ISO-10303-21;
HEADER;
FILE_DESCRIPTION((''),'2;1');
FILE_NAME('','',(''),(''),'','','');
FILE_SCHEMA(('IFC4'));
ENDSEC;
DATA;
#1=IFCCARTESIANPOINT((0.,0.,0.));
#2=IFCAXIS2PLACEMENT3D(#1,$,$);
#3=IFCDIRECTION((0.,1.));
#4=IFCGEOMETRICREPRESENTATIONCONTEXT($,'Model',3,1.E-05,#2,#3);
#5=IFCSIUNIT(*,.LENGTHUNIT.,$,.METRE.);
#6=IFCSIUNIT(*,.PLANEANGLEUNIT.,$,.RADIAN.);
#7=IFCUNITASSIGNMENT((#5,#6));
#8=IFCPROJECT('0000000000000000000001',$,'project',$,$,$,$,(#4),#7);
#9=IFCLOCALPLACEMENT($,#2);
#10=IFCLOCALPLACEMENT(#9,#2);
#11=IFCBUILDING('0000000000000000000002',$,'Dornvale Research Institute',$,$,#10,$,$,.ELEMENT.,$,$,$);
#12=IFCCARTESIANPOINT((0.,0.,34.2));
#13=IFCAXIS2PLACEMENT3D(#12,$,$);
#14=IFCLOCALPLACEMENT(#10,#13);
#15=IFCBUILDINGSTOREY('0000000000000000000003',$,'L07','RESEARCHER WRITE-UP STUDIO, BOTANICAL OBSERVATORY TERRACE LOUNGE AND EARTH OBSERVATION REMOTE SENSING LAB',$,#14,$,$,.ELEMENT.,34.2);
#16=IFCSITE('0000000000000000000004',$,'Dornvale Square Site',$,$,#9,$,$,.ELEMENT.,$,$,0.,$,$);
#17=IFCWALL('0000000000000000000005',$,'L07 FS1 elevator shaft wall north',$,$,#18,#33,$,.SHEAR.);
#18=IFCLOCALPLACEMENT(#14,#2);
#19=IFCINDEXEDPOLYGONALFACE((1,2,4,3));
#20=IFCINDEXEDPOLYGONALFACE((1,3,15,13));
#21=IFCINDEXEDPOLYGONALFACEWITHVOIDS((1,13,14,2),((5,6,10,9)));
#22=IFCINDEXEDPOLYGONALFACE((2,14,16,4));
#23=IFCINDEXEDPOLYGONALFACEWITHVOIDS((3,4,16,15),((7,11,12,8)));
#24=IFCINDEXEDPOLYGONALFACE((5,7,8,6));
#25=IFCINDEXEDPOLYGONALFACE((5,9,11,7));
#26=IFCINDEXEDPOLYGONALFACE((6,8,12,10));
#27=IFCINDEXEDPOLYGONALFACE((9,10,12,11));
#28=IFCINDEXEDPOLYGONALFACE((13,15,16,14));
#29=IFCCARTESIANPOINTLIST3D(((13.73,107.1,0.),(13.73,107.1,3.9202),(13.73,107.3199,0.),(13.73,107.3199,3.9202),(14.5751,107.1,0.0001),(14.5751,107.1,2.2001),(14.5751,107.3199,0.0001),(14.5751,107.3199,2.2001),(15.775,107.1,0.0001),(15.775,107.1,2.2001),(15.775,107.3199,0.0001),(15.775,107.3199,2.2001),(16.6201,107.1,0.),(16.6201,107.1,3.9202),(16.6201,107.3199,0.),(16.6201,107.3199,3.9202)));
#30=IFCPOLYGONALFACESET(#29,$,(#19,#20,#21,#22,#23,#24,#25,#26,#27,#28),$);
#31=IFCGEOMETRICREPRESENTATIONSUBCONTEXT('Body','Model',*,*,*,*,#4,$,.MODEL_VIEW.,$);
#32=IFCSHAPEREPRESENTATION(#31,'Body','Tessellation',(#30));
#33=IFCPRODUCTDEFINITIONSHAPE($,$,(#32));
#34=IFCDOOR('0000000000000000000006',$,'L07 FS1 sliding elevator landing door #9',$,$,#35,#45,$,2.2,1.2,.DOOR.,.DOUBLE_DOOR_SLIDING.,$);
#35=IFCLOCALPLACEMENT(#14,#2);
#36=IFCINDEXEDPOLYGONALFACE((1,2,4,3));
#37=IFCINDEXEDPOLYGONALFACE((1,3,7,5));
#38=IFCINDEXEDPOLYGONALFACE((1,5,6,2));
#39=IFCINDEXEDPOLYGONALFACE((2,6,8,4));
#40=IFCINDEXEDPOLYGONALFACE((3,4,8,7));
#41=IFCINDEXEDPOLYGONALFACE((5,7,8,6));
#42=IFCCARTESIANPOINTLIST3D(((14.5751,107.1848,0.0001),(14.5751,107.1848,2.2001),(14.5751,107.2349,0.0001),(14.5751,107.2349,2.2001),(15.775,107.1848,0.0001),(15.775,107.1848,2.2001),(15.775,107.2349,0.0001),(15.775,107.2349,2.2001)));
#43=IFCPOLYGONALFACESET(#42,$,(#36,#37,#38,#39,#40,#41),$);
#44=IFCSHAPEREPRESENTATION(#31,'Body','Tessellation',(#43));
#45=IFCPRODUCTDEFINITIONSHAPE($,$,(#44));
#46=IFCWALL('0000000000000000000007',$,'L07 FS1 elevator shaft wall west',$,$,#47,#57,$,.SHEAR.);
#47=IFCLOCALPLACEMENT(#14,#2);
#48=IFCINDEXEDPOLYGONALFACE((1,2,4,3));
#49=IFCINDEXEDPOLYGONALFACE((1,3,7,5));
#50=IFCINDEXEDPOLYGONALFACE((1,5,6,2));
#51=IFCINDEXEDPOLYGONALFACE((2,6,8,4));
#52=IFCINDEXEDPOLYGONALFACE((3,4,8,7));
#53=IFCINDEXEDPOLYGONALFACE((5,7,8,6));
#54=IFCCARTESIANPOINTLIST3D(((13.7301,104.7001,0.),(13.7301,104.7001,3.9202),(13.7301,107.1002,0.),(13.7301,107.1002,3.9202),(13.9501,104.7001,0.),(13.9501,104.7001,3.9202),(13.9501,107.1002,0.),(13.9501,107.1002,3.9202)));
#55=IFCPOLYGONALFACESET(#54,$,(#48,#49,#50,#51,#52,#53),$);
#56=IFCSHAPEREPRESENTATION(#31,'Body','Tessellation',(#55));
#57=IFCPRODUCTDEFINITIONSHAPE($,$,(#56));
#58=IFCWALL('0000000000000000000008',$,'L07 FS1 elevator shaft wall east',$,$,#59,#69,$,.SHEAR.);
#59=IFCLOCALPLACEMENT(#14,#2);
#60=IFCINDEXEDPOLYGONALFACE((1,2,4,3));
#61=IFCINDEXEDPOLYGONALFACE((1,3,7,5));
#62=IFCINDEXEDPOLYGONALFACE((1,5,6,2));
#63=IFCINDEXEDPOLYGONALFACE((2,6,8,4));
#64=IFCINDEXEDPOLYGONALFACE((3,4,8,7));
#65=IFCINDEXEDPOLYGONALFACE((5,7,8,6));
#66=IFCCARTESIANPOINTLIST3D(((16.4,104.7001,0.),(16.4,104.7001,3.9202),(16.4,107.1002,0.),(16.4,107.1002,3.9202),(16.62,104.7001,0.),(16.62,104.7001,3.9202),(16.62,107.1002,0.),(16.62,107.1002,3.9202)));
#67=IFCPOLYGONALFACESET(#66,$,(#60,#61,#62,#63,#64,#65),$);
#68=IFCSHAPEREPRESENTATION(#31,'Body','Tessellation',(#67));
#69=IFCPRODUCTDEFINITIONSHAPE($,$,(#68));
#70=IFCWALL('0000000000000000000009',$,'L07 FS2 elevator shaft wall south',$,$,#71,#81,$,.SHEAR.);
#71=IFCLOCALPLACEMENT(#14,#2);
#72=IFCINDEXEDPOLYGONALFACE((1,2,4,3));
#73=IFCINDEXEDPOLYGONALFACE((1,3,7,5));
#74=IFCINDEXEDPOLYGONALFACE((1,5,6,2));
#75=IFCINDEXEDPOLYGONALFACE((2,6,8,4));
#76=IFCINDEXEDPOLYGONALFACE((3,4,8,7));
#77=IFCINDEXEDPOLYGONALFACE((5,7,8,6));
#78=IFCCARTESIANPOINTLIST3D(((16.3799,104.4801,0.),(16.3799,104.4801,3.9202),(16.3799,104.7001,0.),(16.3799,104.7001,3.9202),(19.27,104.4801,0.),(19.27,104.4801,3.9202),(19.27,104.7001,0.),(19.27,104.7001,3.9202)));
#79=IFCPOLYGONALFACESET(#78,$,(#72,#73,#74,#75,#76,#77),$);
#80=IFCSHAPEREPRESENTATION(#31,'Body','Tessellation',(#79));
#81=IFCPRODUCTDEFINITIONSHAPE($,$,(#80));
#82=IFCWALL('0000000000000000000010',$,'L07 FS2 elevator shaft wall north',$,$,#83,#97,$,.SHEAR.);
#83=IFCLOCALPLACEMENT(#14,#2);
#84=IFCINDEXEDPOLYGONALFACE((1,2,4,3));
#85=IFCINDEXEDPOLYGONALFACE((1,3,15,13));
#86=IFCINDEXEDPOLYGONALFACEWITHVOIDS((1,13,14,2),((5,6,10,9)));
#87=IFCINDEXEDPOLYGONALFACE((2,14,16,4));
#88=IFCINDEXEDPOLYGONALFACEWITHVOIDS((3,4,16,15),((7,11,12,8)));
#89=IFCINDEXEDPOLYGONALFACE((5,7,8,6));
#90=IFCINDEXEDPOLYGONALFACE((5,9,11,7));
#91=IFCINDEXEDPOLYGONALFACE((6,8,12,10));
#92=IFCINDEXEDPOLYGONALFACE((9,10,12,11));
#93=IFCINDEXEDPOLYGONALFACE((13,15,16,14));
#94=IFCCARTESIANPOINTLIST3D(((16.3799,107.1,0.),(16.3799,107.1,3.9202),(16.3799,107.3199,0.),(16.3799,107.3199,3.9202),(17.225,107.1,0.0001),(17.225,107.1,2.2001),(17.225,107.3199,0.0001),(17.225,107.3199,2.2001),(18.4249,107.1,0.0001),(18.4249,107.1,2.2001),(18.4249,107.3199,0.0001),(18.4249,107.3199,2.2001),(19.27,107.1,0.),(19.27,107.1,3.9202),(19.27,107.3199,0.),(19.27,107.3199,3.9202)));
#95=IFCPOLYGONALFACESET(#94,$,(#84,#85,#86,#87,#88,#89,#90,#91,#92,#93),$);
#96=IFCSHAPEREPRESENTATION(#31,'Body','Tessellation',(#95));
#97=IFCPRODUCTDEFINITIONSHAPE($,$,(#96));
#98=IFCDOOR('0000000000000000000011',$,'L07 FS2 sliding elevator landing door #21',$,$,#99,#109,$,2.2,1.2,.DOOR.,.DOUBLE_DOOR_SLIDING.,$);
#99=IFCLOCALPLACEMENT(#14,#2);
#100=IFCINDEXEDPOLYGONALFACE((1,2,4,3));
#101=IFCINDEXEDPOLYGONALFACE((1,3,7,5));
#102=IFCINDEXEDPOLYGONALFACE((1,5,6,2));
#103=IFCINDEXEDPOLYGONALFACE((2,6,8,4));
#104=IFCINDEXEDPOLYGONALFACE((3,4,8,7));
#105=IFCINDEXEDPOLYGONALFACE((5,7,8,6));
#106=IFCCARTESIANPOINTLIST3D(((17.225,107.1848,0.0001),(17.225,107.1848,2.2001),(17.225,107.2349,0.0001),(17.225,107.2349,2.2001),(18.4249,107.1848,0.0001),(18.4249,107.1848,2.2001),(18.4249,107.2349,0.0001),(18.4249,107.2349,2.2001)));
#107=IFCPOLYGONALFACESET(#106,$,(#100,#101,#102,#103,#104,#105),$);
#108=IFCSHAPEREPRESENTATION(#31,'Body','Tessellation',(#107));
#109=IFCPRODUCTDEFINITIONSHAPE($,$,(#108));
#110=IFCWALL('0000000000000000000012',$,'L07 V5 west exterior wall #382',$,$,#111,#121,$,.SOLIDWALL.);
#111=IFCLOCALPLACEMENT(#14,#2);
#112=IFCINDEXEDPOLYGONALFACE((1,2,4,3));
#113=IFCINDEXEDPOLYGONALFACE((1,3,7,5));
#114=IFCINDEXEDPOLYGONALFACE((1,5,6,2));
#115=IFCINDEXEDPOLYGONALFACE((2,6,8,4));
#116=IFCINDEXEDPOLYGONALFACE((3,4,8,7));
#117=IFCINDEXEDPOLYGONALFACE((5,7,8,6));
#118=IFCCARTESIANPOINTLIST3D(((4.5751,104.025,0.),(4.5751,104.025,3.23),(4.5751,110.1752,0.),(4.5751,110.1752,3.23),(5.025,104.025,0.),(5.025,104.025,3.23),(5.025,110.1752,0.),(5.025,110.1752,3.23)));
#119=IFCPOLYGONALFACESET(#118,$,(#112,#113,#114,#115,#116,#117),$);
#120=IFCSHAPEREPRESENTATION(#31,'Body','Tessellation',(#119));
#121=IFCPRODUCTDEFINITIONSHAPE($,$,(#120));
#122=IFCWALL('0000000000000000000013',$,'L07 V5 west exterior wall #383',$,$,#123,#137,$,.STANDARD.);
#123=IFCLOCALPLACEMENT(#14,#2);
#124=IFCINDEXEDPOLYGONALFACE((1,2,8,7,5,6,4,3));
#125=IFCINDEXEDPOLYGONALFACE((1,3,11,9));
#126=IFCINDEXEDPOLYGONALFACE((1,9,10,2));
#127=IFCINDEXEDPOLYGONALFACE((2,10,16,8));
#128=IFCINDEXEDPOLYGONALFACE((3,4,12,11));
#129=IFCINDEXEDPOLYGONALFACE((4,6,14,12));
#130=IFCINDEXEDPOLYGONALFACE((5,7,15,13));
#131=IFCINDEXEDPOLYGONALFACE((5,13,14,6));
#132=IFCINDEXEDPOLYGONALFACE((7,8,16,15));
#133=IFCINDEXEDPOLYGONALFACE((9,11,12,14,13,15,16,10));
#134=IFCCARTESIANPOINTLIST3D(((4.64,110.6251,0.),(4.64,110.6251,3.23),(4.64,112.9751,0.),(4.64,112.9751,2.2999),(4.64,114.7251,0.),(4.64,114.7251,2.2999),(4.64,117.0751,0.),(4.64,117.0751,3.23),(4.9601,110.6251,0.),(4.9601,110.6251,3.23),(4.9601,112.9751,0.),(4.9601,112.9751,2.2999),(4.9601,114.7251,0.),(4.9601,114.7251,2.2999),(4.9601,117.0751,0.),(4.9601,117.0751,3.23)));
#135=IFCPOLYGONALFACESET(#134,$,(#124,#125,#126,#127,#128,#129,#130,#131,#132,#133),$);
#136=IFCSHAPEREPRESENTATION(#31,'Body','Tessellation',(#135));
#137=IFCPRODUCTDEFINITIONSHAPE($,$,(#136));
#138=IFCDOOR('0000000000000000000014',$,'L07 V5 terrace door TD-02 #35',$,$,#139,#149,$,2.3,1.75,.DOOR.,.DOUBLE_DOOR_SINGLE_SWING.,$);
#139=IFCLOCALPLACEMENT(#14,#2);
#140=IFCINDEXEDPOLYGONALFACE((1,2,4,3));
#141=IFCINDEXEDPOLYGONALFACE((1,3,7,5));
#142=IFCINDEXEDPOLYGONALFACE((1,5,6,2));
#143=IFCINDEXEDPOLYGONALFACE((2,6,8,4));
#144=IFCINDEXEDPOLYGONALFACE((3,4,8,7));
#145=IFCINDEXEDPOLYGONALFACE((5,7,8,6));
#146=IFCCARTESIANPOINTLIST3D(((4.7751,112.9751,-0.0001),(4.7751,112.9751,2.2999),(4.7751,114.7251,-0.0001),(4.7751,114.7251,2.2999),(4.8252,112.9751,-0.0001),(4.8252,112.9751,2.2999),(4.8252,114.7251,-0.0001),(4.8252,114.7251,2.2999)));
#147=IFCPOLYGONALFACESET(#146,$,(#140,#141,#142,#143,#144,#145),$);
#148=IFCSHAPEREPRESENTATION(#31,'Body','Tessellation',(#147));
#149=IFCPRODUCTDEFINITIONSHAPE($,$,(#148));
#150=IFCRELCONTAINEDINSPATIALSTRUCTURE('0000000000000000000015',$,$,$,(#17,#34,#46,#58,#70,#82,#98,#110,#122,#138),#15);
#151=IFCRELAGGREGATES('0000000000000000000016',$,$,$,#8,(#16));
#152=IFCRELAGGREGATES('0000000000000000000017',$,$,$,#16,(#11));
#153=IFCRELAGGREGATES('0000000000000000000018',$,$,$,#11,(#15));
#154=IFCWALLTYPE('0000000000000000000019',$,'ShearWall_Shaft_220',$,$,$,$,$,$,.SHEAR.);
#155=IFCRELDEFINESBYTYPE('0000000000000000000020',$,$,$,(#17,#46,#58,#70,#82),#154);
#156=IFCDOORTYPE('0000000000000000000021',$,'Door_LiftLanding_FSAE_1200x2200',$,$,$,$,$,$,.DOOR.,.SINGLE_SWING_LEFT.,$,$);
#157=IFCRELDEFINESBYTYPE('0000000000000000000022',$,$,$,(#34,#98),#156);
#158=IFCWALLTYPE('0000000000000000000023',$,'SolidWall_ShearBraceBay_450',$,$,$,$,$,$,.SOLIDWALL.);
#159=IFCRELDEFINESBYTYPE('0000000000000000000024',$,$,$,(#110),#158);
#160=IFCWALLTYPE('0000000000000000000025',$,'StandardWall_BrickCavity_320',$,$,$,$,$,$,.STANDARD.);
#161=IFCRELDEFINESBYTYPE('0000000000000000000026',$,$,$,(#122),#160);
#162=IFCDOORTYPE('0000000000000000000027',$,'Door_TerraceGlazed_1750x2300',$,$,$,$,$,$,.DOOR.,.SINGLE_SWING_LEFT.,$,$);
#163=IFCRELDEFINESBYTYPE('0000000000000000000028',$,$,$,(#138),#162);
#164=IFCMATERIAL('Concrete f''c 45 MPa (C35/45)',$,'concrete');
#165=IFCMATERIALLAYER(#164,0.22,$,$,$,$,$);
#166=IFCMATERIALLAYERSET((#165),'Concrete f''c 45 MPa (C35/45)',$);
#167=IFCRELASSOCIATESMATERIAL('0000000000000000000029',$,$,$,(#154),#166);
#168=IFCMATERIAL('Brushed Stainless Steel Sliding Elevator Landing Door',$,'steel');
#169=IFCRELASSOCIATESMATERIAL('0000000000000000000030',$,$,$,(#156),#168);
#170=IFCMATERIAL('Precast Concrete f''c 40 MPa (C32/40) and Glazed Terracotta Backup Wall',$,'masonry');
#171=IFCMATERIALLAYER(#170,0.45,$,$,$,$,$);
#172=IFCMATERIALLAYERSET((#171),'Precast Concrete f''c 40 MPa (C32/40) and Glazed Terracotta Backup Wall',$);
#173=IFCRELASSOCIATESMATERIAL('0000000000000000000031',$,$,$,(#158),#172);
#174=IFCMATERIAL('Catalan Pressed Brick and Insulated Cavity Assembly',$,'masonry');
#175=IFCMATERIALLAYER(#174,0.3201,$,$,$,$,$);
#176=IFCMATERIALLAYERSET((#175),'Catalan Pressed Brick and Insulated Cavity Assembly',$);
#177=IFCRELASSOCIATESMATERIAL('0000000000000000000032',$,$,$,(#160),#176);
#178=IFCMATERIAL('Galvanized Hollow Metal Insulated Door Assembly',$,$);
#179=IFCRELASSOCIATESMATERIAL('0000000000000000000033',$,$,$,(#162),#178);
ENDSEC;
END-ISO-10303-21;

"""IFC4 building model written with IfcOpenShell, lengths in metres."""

from ifc_helpers import new_model, si_unit, direction, frame, frame_2d, origin, place, context, subcontext, project, spatial, rectangle, extrude, material, layer, layer_set, type_object, element, fill, save


model = new_model("IFC4")

# Units and contexts
model_context = context("Model", 3, precision=1e-05, world=origin(), true_north=direction((0.0, 1.0)))
body_context = subcontext(model_context, "Body", "Model", "MODEL_VIEW")
ifc_project = project(units=[si_unit("LENGTHUNIT", "METRE"), si_unit("PLANEANGLEUNIT", "RADIAN")], contexts=[model_context])

# Site, building, storey
site_placement = place(None, origin())
site = spatial("IfcSite", under=ifc_project, at=site_placement, Name="Dornvale Square Site", CompositionType="ELEMENT", RefElevation=0.0)
building_placement = place(site_placement, origin())
building = spatial("IfcBuilding", under=site, at=building_placement, Name="Dornvale Research Institute", CompositionType="ELEMENT")
storey_placement = place(building_placement, frame((0.0, 0.0, 34.2)))
storey = spatial("IfcBuildingStorey", under=building, at=storey_placement, Name="L07", Description="RESEARCHER WRITE-UP STUDIO, BOTANICAL OBSERVATORY TERRACE LOUNGE AND EARTH OBSERVATION REMOTE SENSING LAB", CompositionType="ELEMENT", Elevation=34.2)

# Shared definitions
ifc_material_1 = material(Name="Concrete f'c 45 MPa (C35/45)", Category="concrete")
ifc_layer_1 = layer(ifc_material_1, 0.22)
ifc_layer_set_1 = layer_set([ifc_layer_1], Name="Concrete f'c 45 MPa (C35/45)")
wall_type_1 = type_object("IfcWallType", Name="ShearWall_Shaft_220", PredefinedType="SHEAR", material=ifc_layer_set_1)

# Wall, opening, door
wall_1_placement = place(storey_placement, frame((13.73, 107.21, 0.0), z_axis=(0.0, 0.0, 1.0), x_axis=(1.0, 0.0, 0.0)))
wall_1 = element("IfcWall", 1, at=wall_1_placement, inside=storey, type_object=wall_type_1, Name="L07 FS1 elevator shaft wall north", PredefinedType="SHEAR", context=body_context, shape_type="SweptSolid", body=[
    extrude(rectangle(XDim=2.8901, YDim=0.22, at=frame_2d((1.4451, 0.0))), origin(), (0.0, 0.0, 1.0), 3.9202),
])
opening_1_placement = place(wall_1_placement, frame((0.845, 0.0, 0.0)))
opening_1 = element("IfcOpeningElement", 2, at=opening_1_placement, cuts=wall_1, PredefinedType="OPENING", context=body_context, shape_type="SweptSolid", body=[
    extrude(rectangle(XDim=1.2, YDim=2.2, at=frame_2d((0.6001, 1.1001))), frame((0.0, 0.125, 0.0), z_axis=(0.0, -1.0, 0.0), x_axis=(1.0, 0.0, 0.0)), (0.0, 0.0, 1.0), 0.25),
])
ifc_material_2 = material(Name="Brushed Stainless Steel Sliding Elevator Landing Door", Category="steel")
door_type_1 = type_object("IfcDoorType", Name="Door_LiftLanding_FSAE_1200x2200", OperationType="SINGLE_SWING_LEFT", PredefinedType="DOOR", material=ifc_material_2)
door_1_placement = place(opening_1_placement, origin())
door_1 = element("IfcDoor", 3, at=door_1_placement, inside=storey, type_object=door_type_1, Name="L07 FS1 sliding elevator landing door #9", OperationType="DOUBLE_DOOR_SLIDING", OverallHeight=2.2, OverallWidth=1.2, PredefinedType="DOOR", context=body_context, shape_type="SweptSolid", body=[
    extrude(rectangle(XDim=1.2, YDim=2.2, at=frame_2d((0.6001, 1.1001))), frame((0.0, 0.0249, 0.0), z_axis=(0.0, -1.0, 0.0), x_axis=(1.0, 0.0, 0.0)), (0.0, 0.0, 1.0), 0.05),
])
fill(opening_1, door_1)

# Walls
for number, where, z_axis, x_axis, name in (
    (4, (13.8401, 104.7, 0.0), (0.0, 0.0, 1.0), (0.0, 1.0, 0.0), "L07 FS1 elevator shaft wall west"),
    (5, (16.51, 104.7, 0.0), (0.0, 0.0, 1.0), (0.0, 1.0, 0.0), "L07 FS1 elevator shaft wall east"),
):
    element("IfcWall", number, at=place(storey_placement, frame(where, z_axis=z_axis, x_axis=x_axis)), inside=storey, type_object=wall_type_1, Name=name, PredefinedType="SHEAR", context=body_context, shape_type="SweptSolid", body=[
        extrude(rectangle(XDim=2.4001, YDim=0.22, at=frame_2d((1.2002, 0.0))), origin(), (0.0, 0.0, 1.0), 3.9202),
    ])
wall_2_placement = place(storey_placement, frame((16.3799, 104.5901, 0.0), z_axis=(0.0, 0.0, 1.0), x_axis=(1.0, 0.0, 0.0)))
element("IfcWall", 6, at=wall_2_placement, inside=storey, type_object=wall_type_1, Name="L07 FS2 elevator shaft wall south", PredefinedType="SHEAR", context=body_context, shape_type="SweptSolid", body=[
    extrude(rectangle(XDim=2.8901, YDim=0.22, at=frame_2d((1.4451, 0.0))), origin(), (0.0, 0.0, 1.0), 3.9202),
])

# Wall, opening, door
wall_3_placement = place(storey_placement, frame((16.3799, 107.21, 0.0), z_axis=(0.0, 0.0, 1.0), x_axis=(1.0, 0.0, 0.0)))
wall_3 = element("IfcWall", 7, at=wall_3_placement, inside=storey, type_object=wall_type_1, Name="L07 FS2 elevator shaft wall north", PredefinedType="SHEAR", context=body_context, shape_type="SweptSolid", body=[
    extrude(rectangle(XDim=2.8901, YDim=0.22, at=frame_2d((1.4451, 0.0))), origin(), (0.0, 0.0, 1.0), 3.9202),
])
opening_2_placement = place(wall_3_placement, frame((0.845, 0.0, 0.0)))
opening_2 = element("IfcOpeningElement", 8, at=opening_2_placement, cuts=wall_3, PredefinedType="OPENING", context=body_context, shape_type="SweptSolid", body=[
    extrude(rectangle(XDim=1.2, YDim=2.2, at=frame_2d((0.6001, 1.1001))), frame((0.0, 0.125, 0.0), z_axis=(0.0, -1.0, 0.0), x_axis=(1.0, 0.0, 0.0)), (0.0, 0.0, 1.0), 0.25),
])
door_2_placement = place(opening_2_placement, origin())
door_2 = element("IfcDoor", 9, at=door_2_placement, inside=storey, type_object=door_type_1, Name="L07 FS2 sliding elevator landing door #21", OperationType="DOUBLE_DOOR_SLIDING", OverallHeight=2.2, OverallWidth=1.2, PredefinedType="DOOR", context=body_context, shape_type="SweptSolid", body=[
    extrude(rectangle(XDim=1.2, YDim=2.2, at=frame_2d((0.6001, 1.1001))), frame((0.0, 0.0249, 0.0), z_axis=(0.0, -1.0, 0.0), x_axis=(1.0, 0.0, 0.0)), (0.0, 0.0, 1.0), 0.05),
])
fill(opening_2, door_2)

# Wall
ifc_material_3 = material(Name="Precast Concrete f'c 40 MPa (C32/40) and Glazed Terracotta Backup Wall", Category="masonry")
ifc_layer_2 = layer(ifc_material_3, 0.45)
ifc_layer_set_2 = layer_set([ifc_layer_2], Name="Precast Concrete f'c 40 MPa (C32/40) and Glazed Terracotta Backup Wall")
wall_type_2 = type_object("IfcWallType", Name="SolidWall_ShearBraceBay_450", PredefinedType="SOLIDWALL", material=ifc_layer_set_2)
wall_4_placement = place(storey_placement, frame((4.8, 104.0249, 0.0), z_axis=(0.0, 0.0, 1.0), x_axis=(0.0, 1.0, 0.0)))
element("IfcWall", 10, at=wall_4_placement, inside=storey, type_object=wall_type_2, Name="L07 V5 west exterior wall #382", PredefinedType="SOLIDWALL", context=body_context, shape_type="SweptSolid", body=[
    extrude(rectangle(XDim=6.1501, YDim=0.45, at=frame_2d((3.0752, 0.0))), origin(), (0.0, 0.0, 1.0), 3.23),
])

# Wall, opening, door
ifc_material_4 = material(Name="Catalan Pressed Brick and Insulated Cavity Assembly", Category="masonry")
ifc_layer_3 = layer(ifc_material_4, 0.3201)
ifc_layer_set_3 = layer_set([ifc_layer_3], Name="Catalan Pressed Brick and Insulated Cavity Assembly")
wall_type_3 = type_object("IfcWallType", Name="StandardWall_BrickCavity_320", PredefinedType="STANDARD", material=ifc_layer_set_3)
wall_5_placement = place(storey_placement, frame((4.8, 110.625, 0.0), z_axis=(0.0, 0.0, 1.0), x_axis=(0.0, 1.0, 0.0)))
wall_5 = element("IfcWall", 11, at=wall_5_placement, inside=storey, type_object=wall_type_3, Name="L07 V5 west exterior wall #383", PredefinedType="STANDARD", context=body_context, shape_type="SweptSolid", body=[
    extrude(rectangle(XDim=6.45, YDim=0.3201, at=frame_2d((3.2251, 0.0))), origin(), (0.0, 0.0, 1.0), 3.23),
])
opening_3_placement = place(wall_5_placement, frame((2.3501, 0.0, 0.0)))
opening_3 = element("IfcOpeningElement", 12, at=opening_3_placement, cuts=wall_5, PredefinedType="OPENING", context=body_context, shape_type="SweptSolid", body=[
    extrude(rectangle(XDim=1.75, YDim=2.3, at=frame_2d((0.875, 1.1499))), frame((0.0, 0.175, 0.0), z_axis=(0.0, -1.0, 0.0), x_axis=(1.0, 0.0, 0.0)), (0.0, 0.0, 1.0), 0.3501),
])
ifc_material_5 = material(Name="Galvanized Hollow Metal Insulated Door Assembly")
door_type_2 = type_object("IfcDoorType", Name="Door_TerraceGlazed_1750x2300", OperationType="SINGLE_SWING_LEFT", PredefinedType="DOOR", material=ifc_material_5)
door_3_placement = place(opening_3_placement, origin())
door_3 = element("IfcDoor", 13, at=door_3_placement, inside=storey, type_object=door_type_2, Name="L07 V5 terrace door TD-02 #35", OperationType="DOUBLE_DOOR_SINGLE_SWING", OverallHeight=2.3, OverallWidth=1.75, PredefinedType="DOOR", context=body_context, shape_type="SweptSolid", body=[
    extrude(rectangle(XDim=1.75, YDim=2.3, at=frame_2d((0.875, 1.1499))), frame((0.0, 0.0249, 0.0), z_axis=(0.0, -1.0, 0.0), x_axis=(1.0, 0.0, 0.0)), (0.0, 0.0, 1.0), 0.05),
])
fill(opening_3, door_3)

save(model, "model.ifc")
